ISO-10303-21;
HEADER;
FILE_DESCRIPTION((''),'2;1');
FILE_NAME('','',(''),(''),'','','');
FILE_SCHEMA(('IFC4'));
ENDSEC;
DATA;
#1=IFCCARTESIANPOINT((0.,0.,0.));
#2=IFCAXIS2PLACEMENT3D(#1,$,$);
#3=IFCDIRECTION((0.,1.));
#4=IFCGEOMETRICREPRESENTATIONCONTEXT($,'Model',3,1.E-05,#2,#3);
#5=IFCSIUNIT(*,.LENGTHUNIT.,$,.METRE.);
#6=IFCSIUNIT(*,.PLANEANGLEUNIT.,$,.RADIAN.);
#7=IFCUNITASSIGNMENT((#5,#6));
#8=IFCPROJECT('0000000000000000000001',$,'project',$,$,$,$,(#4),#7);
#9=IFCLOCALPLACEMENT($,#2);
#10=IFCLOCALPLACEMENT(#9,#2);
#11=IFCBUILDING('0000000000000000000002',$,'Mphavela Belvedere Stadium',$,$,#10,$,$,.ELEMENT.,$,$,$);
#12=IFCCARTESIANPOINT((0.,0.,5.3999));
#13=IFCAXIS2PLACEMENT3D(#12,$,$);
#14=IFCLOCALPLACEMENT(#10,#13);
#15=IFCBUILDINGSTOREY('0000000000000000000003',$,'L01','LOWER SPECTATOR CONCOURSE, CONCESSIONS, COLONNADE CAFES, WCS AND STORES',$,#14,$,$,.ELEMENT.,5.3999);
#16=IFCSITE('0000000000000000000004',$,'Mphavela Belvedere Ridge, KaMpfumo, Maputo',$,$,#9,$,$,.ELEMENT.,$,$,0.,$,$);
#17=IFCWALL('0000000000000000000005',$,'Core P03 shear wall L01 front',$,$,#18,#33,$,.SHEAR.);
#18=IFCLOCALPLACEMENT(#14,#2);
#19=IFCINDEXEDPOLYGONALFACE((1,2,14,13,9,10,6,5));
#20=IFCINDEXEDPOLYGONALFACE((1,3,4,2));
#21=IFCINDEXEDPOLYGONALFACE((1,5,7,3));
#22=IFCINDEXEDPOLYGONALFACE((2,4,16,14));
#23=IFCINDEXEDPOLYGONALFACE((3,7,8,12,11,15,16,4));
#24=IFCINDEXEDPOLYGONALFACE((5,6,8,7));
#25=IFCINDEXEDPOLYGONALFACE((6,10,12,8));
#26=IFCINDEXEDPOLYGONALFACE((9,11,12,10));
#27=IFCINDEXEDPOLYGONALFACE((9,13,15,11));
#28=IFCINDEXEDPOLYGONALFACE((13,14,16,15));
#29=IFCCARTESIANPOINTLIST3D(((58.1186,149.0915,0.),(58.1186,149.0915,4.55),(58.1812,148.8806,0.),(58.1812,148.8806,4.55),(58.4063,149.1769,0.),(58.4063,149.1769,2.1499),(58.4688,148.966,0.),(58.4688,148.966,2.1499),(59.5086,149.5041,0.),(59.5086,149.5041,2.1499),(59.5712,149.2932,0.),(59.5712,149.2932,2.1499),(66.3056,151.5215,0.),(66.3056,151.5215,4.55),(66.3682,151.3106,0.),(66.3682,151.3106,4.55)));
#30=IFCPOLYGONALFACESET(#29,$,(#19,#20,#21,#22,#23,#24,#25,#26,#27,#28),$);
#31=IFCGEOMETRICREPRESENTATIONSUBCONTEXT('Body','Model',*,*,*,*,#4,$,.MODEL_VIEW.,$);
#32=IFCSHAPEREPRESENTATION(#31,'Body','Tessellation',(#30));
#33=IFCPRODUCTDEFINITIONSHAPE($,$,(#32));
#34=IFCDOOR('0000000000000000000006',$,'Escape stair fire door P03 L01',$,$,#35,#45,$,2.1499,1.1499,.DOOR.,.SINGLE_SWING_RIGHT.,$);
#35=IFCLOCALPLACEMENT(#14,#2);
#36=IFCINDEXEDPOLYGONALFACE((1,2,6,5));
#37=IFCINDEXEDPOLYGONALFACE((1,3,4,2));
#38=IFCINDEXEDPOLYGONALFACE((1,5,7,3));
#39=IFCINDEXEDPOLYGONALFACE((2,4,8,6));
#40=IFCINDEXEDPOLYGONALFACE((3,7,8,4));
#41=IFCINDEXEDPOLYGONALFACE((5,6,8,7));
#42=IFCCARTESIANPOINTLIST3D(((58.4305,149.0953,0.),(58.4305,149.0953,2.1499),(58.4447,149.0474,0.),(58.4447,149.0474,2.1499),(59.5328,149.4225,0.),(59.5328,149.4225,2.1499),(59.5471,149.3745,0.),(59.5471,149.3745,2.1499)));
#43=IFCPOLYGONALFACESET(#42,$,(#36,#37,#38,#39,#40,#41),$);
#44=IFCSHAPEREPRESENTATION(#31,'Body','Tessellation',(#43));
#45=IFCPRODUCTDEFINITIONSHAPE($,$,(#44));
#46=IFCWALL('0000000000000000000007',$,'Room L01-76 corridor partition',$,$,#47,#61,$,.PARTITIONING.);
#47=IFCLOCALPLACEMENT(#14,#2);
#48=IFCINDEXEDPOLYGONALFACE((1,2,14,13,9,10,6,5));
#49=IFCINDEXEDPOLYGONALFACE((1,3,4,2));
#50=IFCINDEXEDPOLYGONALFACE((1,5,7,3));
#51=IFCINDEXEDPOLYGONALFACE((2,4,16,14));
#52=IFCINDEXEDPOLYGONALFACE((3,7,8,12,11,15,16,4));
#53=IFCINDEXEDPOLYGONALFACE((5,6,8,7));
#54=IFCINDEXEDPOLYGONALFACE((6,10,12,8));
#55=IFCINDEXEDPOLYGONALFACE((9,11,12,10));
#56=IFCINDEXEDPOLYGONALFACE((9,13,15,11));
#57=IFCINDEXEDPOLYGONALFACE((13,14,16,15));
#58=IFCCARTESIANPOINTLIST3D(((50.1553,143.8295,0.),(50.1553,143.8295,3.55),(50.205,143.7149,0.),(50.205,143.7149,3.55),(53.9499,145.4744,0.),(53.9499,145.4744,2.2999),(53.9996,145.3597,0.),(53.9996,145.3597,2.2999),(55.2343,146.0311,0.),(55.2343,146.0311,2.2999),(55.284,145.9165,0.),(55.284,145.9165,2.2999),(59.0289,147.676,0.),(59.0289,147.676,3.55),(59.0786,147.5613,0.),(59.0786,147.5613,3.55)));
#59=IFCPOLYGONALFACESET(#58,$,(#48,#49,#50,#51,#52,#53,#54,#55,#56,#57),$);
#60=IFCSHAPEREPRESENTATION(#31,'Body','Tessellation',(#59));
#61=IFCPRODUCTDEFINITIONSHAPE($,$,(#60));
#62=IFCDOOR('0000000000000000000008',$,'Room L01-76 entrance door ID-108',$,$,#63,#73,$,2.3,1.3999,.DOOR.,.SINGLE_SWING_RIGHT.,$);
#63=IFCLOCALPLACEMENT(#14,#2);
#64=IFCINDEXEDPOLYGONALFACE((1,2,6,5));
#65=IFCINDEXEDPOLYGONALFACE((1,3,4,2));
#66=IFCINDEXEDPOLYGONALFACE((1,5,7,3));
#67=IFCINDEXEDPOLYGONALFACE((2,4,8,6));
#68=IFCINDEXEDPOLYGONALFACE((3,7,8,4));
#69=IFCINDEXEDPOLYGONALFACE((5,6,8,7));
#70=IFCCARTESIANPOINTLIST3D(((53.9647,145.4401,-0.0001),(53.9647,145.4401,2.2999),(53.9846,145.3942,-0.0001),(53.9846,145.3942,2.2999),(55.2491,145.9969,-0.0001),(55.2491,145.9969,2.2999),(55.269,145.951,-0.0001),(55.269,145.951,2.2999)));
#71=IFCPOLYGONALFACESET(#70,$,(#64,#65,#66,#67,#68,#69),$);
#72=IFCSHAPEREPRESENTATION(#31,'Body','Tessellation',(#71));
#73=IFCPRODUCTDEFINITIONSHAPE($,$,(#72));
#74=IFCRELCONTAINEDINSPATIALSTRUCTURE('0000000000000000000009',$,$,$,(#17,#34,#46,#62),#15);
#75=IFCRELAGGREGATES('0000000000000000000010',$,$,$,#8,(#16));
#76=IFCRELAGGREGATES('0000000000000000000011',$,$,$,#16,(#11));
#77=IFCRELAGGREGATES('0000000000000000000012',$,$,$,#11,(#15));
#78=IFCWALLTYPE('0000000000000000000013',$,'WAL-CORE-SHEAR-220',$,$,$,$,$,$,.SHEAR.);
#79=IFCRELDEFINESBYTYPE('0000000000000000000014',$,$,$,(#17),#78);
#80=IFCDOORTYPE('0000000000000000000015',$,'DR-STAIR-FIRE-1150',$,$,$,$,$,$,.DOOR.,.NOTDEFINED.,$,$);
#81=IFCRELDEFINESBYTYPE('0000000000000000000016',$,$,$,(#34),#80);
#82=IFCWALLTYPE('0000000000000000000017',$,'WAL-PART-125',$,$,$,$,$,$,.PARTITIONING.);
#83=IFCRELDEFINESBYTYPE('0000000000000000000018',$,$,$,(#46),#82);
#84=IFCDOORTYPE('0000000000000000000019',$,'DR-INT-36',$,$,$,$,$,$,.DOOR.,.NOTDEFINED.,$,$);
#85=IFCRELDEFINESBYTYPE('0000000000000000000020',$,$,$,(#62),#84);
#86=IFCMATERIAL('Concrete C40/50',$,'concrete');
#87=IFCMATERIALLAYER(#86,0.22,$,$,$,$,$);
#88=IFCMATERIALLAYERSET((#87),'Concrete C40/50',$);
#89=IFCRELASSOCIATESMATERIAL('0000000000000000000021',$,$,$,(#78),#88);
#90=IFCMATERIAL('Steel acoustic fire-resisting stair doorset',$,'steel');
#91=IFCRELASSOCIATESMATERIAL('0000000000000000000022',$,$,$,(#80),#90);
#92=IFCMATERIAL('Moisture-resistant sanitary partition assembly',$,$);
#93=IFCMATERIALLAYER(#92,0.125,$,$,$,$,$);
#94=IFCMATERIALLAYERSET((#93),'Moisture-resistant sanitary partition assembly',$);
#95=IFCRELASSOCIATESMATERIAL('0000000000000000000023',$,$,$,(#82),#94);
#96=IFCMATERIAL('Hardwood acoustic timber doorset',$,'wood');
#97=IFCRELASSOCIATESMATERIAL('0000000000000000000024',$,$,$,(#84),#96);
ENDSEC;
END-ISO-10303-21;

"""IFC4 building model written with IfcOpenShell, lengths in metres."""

from ifc_helpers import new_model, si_unit, direction, frame, frame_2d, origin, place, context, subcontext, project, spatial, rectangle, extrude, material, layer, layer_set, type_object, element, fill, save


model = new_model("IFC4")

# Units and contexts
model_context = context("Model", 3, precision=1e-05, world=origin(), true_north=direction((0.0, 1.0)))
body_context = subcontext(model_context, "Body", "Model", "MODEL_VIEW")
ifc_project = project(units=[si_unit("LENGTHUNIT", "METRE"), si_unit("PLANEANGLEUNIT", "RADIAN")], contexts=[model_context])

# Site, building, storey
site_placement = place(None, origin())
site = spatial("IfcSite", under=ifc_project, at=site_placement, Name="Mphavela Belvedere Ridge, KaMpfumo, Maputo", CompositionType="ELEMENT", RefElevation=0.0)
building_placement = place(site_placement, origin())
building = spatial("IfcBuilding", under=site, at=building_placement, Name="Mphavela Belvedere Stadium", CompositionType="ELEMENT")
storey_placement = place(building_placement, frame((0.0, 0.0, 5.3999)))
storey = spatial("IfcBuildingStorey", under=building, at=storey_placement, Name="L01", Description="LOWER SPECTATOR CONCOURSE, CONCESSIONS, COLONNADE CAFES, WCS AND STORES", CompositionType="ELEMENT", Elevation=5.3999)

# Shared definitions
ifc_material_1 = material(Name="Concrete C40/50", Category="concrete")
ifc_layer_1 = layer(ifc_material_1, 0.22)
ifc_layer_set_1 = layer_set([ifc_layer_1], Name="Concrete C40/50")
wall_type_1 = type_object("IfcWallType", Name="WAL-CORE-SHEAR-220", PredefinedType="SHEAR", material=ifc_layer_set_1)

# Walls, openings, doors
wall_1_placement = place(storey_placement, frame((58.1499, 148.9861, 0.0), z_axis=(0.0, 0.0, 1.0), x_axis=(0.958666, 0.284535, 0.0)))
wall_1 = element("IfcWall", 1, at=wall_1_placement, inside=storey, type_object=wall_type_1, Name="Core P03 shear wall L01 front", PredefinedType="SHEAR", context=body_context, shape_type="SweptSolid", body=[
    extrude(rectangle(XDim=8.54, YDim=0.22, at=frame_2d((4.27, 0.0))), origin(), (0.0, 0.0, 1.0), 4.55),
])
opening_1_placement = place(wall_1_placement, frame((0.3, 0.0, 0.0)))
opening_1 = element("IfcOpeningElement", 2, at=opening_1_placement, cuts=wall_1, PredefinedType="OPENING", context=body_context, shape_type="SweptSolid", body=[
    extrude(rectangle(XDim=1.1499, YDim=2.1499, at=frame_2d((0.575, 1.075))), frame((0.0, 0.1201, 0.0), z_axis=(0.0, -1.0, 0.0), x_axis=(1.0, 0.0, 0.0)), (0.0, 0.0, 1.0), 0.24),
])
ifc_material_2 = material(Name="Steel acoustic fire-resisting stair doorset", Category="steel")
door_type_1 = type_object("IfcDoorType", Name="DR-STAIR-FIRE-1150", OperationType="NOTDEFINED", PredefinedType="DOOR", material=ifc_material_2)
door_1_placement = place(opening_1_placement, origin())
door_1 = element("IfcDoor", 3, at=door_1_placement, inside=storey, type_object=door_type_1, Name="Escape stair fire door P03 L01", OperationType="SINGLE_SWING_RIGHT", OverallHeight=2.1499, OverallWidth=1.1499, PredefinedType="DOOR", context=body_context, shape_type="SweptSolid", body=[
    extrude(rectangle(XDim=1.1499, YDim=2.1499, at=frame_2d((0.575, 1.075))), frame((0.0, 0.0249, 0.0), z_axis=(0.0, -1.0, 0.0), x_axis=(1.0, 0.0, 0.0)), (0.0, 0.0, 1.0), 0.05),
])
fill(opening_1, door_1)
ifc_material_3 = material(Name="Moisture-resistant sanitary partition assembly")
ifc_layer_2 = layer(ifc_material_3, 0.125)
ifc_layer_set_2 = layer_set([ifc_layer_2], Name="Moisture-resistant sanitary partition assembly")
wall_type_2 = type_object("IfcWallType", Name="WAL-PART-125", PredefinedType="PARTITIONING", material=ifc_layer_set_2)
wall_2_placement = place(storey_placement, frame((59.0537, 147.6187, 0.0), z_axis=(0.0, 0.0, 1.0), x_axis=(-0.917509, -0.397715, 0.0)))
wall_2 = element("IfcWall", 4, at=wall_2_placement, inside=storey, type_object=wall_type_2, Name="Room L01-76 corridor partition", PredefinedType="PARTITIONING", context=body_context, shape_type="SweptSolid", body=[
    extrude(rectangle(XDim=9.6714, YDim=0.125, at=frame_2d((4.8357, 0.0))), origin(), (0.0, 0.0, 1.0), 3.55),
])
opening_2_placement = place(wall_2_placement, frame((4.1357, 0.0, 0.0)))
opening_2 = element("IfcOpeningElement", 5, at=opening_2_placement, cuts=wall_2, PredefinedType="OPENING", context=body_context, shape_type="SweptSolid", body=[
    extrude(rectangle(XDim=1.3999, YDim=2.3, at=frame_2d((0.7, 1.1499))), frame((0.0, 0.0725, 0.0), z_axis=(0.0, -1.0, 0.0), x_axis=(1.0, 0.0, 0.0)), (0.0, 0.0, 1.0), 0.145),
])
ifc_material_4 = material(Name="Hardwood acoustic timber doorset", Category="wood")
door_type_2 = type_object("IfcDoorType", Name="DR-INT-36", OperationType="NOTDEFINED", PredefinedType="DOOR", material=ifc_material_4)
door_2_placement = place(opening_2_placement, origin())
door_2 = element("IfcDoor", 6, at=door_2_placement, inside=storey, type_object=door_type_2, Name="Room L01-76 entrance door ID-108", OperationType="SINGLE_SWING_RIGHT", OverallHeight=2.3, OverallWidth=1.3999, PredefinedType="DOOR", context=body_context, shape_type="SweptSolid", body=[
    extrude(rectangle(XDim=1.3999, YDim=2.3, at=frame_2d((0.7, 1.1499))), frame((0.0, 0.0249, 0.0), z_axis=(0.0, -1.0, 0.0), x_axis=(1.0, 0.0, 0.0)), (0.0, 0.0, 1.0), 0.05),
])
fill(opening_2, door_2)

save(model, "model.ifc")
